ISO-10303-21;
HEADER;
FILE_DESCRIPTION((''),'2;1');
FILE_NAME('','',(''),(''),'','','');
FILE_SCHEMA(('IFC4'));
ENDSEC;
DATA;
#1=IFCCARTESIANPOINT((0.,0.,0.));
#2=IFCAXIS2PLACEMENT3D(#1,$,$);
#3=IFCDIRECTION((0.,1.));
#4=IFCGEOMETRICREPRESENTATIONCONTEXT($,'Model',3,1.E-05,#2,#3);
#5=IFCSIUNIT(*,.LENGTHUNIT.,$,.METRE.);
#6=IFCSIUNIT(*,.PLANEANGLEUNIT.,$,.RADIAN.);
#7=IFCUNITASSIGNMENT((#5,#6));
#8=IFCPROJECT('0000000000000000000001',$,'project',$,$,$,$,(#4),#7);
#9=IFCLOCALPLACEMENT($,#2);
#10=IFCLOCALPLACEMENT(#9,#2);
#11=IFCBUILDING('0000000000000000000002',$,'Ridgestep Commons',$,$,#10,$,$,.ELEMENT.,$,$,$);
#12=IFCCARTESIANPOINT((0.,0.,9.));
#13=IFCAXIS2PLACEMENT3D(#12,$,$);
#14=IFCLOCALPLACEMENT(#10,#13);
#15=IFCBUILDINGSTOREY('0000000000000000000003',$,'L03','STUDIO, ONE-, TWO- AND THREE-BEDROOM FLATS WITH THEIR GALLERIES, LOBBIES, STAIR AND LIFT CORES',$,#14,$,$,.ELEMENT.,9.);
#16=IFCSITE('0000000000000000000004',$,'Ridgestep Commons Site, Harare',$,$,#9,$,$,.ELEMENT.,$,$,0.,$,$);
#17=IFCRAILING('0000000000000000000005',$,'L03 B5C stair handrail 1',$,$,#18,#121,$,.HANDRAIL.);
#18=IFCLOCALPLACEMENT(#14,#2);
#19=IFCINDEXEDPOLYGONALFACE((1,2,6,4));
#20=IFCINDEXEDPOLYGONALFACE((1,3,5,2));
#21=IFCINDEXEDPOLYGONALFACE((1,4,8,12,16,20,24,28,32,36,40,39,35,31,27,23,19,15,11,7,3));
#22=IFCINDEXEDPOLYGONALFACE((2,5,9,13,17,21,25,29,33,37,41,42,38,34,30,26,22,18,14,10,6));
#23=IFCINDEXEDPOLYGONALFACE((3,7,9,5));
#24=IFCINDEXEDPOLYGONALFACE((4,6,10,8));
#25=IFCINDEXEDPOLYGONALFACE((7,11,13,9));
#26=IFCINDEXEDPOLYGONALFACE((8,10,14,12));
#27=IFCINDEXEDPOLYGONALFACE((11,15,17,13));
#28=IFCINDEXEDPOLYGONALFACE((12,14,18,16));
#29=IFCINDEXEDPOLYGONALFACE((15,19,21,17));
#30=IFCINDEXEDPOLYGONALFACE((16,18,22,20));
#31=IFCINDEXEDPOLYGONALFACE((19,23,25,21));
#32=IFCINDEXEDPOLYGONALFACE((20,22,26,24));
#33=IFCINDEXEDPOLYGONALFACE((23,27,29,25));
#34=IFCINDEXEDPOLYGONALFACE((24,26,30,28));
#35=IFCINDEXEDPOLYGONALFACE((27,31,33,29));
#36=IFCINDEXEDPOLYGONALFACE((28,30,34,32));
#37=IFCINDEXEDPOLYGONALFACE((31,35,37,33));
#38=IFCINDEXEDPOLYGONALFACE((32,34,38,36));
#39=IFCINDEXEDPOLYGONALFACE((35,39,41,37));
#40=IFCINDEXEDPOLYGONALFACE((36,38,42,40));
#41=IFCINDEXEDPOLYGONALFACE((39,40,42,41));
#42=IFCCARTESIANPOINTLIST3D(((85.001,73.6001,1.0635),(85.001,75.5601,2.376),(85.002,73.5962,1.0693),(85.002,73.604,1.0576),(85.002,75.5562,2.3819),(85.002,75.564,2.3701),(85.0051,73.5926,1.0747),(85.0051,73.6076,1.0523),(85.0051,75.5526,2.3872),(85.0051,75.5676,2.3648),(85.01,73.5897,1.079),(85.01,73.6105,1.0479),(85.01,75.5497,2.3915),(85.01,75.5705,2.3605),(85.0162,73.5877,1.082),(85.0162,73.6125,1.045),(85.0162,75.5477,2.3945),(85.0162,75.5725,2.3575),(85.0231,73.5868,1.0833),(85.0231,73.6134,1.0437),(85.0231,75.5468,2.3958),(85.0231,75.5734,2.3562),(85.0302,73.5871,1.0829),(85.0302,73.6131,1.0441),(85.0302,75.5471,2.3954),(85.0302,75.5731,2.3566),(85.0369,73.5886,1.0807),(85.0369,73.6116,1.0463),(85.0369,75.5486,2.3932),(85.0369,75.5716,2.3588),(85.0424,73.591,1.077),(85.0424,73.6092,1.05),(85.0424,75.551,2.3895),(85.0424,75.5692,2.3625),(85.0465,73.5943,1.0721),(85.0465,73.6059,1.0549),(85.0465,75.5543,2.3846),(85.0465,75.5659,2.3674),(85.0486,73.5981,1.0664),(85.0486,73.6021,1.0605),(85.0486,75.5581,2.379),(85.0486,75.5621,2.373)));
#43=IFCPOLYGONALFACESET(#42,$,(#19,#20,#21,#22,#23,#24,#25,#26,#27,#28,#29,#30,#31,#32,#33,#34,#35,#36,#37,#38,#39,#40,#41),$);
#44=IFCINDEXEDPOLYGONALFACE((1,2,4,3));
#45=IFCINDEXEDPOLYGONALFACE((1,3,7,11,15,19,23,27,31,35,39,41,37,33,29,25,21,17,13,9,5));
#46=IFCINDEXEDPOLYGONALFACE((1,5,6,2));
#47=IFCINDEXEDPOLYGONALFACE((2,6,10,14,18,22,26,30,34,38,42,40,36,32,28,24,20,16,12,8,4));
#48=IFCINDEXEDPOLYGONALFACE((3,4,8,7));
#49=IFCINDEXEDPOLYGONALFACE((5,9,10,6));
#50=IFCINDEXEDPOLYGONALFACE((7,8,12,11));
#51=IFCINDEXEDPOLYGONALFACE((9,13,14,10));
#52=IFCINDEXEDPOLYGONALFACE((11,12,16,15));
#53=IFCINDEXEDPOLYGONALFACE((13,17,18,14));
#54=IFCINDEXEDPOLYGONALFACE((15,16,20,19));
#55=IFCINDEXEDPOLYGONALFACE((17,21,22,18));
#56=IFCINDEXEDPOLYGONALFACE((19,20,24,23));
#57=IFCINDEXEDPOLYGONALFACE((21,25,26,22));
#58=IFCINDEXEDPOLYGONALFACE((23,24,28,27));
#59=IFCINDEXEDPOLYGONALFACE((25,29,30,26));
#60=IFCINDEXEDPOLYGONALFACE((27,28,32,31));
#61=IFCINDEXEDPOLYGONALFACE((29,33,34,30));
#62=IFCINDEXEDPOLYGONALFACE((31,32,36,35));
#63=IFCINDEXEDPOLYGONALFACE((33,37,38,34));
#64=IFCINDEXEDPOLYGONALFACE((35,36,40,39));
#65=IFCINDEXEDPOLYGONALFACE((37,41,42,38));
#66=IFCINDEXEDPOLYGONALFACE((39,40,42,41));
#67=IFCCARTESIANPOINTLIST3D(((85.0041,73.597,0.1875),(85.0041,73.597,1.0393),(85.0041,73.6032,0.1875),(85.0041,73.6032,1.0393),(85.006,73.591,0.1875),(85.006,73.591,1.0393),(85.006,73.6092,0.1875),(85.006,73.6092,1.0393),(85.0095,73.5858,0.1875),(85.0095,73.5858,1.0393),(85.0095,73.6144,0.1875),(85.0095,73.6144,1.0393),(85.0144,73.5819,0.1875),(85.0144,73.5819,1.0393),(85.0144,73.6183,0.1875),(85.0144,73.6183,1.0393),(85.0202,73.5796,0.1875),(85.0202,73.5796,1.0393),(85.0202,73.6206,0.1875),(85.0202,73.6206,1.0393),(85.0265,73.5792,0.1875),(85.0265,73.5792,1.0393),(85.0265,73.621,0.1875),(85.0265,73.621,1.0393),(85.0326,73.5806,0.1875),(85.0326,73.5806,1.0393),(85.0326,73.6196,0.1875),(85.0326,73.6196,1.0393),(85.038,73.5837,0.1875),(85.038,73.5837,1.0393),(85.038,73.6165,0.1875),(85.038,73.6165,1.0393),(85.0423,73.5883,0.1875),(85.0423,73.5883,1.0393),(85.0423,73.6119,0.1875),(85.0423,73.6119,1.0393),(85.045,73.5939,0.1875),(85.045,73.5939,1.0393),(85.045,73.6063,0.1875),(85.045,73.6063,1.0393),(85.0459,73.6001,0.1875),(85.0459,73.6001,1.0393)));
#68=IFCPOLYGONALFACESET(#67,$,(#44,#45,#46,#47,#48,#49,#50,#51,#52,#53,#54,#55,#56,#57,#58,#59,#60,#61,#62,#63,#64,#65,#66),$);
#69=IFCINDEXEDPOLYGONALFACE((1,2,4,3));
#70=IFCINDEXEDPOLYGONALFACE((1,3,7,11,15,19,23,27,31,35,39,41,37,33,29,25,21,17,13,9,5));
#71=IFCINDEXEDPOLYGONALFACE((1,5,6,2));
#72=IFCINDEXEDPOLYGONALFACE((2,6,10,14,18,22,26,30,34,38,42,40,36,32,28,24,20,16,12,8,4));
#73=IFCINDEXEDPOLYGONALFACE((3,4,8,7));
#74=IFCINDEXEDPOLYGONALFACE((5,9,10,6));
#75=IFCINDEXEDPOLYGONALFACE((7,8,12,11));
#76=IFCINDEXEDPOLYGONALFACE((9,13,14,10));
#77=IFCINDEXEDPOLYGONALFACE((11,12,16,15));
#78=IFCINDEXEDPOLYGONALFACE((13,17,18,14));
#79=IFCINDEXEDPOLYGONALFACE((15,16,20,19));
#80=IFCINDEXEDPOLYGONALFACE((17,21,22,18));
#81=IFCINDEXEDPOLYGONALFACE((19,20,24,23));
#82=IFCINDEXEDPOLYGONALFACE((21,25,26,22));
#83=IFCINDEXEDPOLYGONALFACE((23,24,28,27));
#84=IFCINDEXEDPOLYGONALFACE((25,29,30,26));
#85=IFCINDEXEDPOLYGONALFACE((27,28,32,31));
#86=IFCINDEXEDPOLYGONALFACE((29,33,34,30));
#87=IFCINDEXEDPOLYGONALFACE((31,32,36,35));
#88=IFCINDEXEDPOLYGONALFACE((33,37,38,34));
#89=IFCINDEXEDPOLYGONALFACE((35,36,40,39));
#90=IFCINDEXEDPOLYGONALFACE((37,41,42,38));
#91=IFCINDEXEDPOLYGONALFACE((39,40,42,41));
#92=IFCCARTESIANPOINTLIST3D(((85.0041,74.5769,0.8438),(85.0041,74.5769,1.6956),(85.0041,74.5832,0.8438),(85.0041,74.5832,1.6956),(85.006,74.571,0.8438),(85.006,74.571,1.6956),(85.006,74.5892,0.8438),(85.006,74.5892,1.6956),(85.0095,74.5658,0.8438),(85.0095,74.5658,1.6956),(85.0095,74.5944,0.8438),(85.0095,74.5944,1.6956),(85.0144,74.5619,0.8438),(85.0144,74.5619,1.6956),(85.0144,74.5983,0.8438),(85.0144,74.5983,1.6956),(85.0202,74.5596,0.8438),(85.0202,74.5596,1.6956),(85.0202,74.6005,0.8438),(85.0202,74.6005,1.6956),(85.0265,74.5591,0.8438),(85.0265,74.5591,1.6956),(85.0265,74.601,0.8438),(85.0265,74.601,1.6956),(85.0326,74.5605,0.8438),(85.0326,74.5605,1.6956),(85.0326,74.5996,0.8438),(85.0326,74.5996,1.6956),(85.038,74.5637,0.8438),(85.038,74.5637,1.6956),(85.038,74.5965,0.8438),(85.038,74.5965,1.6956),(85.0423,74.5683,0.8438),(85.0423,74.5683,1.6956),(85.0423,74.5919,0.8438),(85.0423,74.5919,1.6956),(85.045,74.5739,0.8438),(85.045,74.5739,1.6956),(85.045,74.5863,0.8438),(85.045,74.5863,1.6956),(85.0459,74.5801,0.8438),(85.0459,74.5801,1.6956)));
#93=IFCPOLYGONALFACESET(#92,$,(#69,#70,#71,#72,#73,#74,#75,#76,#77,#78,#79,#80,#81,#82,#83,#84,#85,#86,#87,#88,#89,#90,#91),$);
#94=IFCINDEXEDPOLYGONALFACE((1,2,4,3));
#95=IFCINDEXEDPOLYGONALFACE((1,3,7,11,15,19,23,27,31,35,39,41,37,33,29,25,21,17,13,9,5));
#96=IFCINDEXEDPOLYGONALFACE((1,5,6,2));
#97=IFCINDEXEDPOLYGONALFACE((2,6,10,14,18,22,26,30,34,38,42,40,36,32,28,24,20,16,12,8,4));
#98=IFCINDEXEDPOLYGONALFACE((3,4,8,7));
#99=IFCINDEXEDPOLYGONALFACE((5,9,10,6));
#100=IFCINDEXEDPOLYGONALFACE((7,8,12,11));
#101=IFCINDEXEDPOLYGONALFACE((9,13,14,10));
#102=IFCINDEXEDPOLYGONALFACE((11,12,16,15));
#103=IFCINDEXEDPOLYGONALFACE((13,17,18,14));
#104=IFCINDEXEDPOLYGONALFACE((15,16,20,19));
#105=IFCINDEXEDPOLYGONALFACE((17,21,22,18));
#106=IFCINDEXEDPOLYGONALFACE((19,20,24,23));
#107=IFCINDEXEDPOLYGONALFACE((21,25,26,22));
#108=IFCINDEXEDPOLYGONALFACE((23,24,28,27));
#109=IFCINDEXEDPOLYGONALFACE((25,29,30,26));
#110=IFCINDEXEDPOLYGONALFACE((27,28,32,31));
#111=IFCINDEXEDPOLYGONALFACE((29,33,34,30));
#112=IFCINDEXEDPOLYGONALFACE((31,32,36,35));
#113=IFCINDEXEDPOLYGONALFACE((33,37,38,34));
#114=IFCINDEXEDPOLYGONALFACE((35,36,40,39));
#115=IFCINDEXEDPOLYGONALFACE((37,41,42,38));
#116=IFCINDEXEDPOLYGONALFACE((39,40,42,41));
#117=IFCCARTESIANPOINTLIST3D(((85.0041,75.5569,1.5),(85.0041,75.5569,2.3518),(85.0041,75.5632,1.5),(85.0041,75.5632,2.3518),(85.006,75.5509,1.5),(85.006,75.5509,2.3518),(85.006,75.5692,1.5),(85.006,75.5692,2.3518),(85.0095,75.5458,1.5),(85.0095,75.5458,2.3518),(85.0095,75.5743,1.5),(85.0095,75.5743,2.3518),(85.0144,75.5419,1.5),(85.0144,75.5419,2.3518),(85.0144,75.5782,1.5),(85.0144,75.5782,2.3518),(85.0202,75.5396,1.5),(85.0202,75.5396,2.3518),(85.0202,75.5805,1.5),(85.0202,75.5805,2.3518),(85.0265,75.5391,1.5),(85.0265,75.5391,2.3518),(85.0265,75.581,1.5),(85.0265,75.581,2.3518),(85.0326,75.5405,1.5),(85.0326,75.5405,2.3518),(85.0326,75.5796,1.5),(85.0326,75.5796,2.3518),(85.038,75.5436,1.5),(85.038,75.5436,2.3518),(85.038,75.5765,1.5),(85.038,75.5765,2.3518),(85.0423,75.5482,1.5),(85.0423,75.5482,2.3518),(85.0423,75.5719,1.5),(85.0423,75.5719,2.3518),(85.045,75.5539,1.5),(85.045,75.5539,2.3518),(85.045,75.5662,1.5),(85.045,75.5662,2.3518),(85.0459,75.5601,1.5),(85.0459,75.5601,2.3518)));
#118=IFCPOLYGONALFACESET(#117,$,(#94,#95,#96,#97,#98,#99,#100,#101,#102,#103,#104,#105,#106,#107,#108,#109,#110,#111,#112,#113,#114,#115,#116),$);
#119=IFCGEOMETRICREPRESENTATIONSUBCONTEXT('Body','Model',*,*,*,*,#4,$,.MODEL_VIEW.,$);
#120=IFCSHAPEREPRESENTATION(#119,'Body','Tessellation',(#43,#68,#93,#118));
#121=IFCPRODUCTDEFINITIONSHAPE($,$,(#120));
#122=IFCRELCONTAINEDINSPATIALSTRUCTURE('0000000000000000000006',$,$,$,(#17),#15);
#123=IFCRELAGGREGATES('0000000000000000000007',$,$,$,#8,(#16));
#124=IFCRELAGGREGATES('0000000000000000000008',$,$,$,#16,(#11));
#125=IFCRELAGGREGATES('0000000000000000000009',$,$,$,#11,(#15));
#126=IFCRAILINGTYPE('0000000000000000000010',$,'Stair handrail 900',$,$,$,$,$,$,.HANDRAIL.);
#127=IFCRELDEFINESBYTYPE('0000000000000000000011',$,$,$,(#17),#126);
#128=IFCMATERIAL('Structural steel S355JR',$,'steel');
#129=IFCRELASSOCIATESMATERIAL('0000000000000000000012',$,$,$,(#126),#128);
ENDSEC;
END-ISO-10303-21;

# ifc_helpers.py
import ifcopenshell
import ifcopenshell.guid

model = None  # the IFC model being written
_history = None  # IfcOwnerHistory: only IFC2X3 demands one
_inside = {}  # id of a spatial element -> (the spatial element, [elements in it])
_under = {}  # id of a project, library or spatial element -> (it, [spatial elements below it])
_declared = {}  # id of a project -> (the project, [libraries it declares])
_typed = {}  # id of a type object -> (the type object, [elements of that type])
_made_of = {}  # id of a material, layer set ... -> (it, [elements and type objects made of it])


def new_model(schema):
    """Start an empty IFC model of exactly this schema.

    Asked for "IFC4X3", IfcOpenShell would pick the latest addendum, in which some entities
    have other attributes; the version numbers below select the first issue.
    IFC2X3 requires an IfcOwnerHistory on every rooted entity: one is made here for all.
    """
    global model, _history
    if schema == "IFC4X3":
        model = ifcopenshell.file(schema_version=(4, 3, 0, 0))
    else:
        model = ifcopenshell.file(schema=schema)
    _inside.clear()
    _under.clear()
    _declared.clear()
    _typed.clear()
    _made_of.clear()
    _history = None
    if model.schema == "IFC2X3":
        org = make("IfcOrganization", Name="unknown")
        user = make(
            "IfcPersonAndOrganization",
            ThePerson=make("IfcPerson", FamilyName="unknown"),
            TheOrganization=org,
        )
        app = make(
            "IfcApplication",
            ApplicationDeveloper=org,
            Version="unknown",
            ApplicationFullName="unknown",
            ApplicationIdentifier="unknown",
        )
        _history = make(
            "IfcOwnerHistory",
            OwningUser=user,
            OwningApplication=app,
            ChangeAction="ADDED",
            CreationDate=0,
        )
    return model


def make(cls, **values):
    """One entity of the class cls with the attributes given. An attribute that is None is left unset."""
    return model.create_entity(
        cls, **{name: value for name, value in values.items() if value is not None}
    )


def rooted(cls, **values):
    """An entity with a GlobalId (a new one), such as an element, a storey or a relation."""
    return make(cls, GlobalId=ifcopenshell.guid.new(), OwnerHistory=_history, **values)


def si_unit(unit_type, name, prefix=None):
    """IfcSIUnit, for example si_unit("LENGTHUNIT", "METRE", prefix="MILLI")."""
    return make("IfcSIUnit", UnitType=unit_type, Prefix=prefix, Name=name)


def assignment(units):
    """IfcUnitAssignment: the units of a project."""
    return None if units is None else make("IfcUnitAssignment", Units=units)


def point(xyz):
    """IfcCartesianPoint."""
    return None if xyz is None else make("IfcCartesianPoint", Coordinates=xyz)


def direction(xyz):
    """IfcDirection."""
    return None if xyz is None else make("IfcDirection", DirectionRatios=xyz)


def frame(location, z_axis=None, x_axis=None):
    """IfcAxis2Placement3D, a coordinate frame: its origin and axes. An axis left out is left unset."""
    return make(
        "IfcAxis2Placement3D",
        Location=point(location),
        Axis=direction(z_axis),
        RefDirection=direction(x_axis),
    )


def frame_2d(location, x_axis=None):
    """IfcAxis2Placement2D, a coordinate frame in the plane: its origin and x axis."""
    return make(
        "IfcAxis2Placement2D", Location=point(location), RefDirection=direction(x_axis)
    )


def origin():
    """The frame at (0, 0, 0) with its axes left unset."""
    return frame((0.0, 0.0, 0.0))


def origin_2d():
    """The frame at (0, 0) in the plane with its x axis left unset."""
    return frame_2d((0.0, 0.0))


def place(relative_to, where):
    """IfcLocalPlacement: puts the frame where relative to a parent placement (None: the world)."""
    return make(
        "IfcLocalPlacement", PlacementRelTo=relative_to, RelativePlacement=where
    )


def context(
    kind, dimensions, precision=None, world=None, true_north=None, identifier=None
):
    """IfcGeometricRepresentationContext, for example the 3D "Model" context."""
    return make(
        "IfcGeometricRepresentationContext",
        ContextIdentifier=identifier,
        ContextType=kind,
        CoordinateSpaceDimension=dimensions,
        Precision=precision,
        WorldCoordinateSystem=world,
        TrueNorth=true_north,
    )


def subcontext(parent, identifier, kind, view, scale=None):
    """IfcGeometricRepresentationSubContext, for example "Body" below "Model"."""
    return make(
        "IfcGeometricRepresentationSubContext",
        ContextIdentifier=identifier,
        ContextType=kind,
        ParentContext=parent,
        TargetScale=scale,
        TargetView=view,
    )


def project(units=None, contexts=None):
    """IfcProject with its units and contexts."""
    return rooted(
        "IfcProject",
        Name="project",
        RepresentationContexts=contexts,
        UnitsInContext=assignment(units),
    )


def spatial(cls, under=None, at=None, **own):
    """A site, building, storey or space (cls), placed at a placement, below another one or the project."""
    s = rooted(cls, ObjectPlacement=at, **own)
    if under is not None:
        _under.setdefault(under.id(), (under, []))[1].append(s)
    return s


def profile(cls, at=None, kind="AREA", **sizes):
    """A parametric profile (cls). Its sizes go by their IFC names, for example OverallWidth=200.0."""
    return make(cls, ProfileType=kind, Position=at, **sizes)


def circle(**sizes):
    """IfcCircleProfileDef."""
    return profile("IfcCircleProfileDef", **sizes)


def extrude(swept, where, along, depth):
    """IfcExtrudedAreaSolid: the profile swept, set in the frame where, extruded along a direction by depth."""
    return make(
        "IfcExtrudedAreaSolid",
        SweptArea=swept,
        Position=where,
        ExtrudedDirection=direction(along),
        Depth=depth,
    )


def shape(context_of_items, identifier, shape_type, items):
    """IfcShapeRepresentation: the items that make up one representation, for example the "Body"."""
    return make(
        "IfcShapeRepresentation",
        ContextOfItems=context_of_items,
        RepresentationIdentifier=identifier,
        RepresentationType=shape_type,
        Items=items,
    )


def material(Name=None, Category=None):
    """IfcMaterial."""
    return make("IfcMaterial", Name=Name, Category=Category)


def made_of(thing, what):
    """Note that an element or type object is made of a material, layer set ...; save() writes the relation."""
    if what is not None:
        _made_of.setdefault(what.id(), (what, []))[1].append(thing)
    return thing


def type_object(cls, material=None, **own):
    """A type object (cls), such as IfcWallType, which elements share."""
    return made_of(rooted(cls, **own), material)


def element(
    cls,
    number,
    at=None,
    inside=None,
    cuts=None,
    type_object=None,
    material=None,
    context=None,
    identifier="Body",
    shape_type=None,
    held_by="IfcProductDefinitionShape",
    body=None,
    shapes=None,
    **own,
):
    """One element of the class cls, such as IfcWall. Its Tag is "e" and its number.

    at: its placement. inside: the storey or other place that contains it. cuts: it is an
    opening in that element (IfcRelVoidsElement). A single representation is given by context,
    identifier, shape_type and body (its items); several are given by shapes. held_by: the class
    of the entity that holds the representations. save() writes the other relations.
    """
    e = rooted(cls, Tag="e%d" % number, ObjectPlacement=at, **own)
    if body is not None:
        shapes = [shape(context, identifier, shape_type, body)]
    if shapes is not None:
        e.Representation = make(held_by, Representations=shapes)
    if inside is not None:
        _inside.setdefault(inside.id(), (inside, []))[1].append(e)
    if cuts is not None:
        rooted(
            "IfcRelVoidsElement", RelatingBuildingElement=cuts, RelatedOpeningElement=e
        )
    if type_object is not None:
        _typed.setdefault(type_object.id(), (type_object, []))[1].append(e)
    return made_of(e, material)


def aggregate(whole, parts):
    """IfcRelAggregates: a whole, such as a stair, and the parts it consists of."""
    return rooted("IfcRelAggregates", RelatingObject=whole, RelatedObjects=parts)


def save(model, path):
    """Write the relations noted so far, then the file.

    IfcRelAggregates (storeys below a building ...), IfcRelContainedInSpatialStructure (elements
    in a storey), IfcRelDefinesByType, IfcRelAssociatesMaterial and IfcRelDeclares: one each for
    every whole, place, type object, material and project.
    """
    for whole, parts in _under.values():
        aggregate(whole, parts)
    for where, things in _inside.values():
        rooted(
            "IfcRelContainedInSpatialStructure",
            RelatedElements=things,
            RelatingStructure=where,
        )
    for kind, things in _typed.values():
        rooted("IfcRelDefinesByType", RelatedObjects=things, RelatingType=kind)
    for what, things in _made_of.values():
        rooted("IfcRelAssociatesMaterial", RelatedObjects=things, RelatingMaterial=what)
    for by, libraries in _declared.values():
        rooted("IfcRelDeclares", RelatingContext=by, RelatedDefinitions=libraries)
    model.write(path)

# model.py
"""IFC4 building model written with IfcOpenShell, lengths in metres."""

from ifc_helpers import new_model, si_unit, direction, frame, origin, origin_2d, place, context, subcontext, project, spatial, circle, extrude, material, type_object, element, save


model = new_model("IFC4")

# Units and contexts
model_context = context("Model", 3, precision=1e-05, world=origin(), true_north=direction((0.0, 1.0)))
body_context = subcontext(model_context, "Body", "Model", "MODEL_VIEW")
ifc_project = project(units=[si_unit("LENGTHUNIT", "METRE"), si_unit("PLANEANGLEUNIT", "RADIAN")], contexts=[model_context])

# Site, building, storey
site_placement = place(None, origin())
site = spatial("IfcSite", under=ifc_project, at=site_placement, Name="Ridgestep Commons Site, Harare", CompositionType="ELEMENT", RefElevation=0.0)
building_placement = place(site_placement, origin())
building = spatial("IfcBuilding", under=site, at=building_placement, Name="Ridgestep Commons", CompositionType="ELEMENT")
storey_placement = place(building_placement, frame((0.0, 0.0, 9.0)))
storey = spatial("IfcBuildingStorey", under=building, at=storey_placement, Name="L03", Description="STUDIO, ONE-, TWO- AND THREE-BEDROOM FLATS WITH THEIR GALLERIES, LOBBIES, STAIR AND LIFT CORES", CompositionType="ELEMENT", Elevation=9.0)

# Railing
ifc_material_1 = material(Name="Structural steel S355JR", Category="steel")
railing_type_1 = type_object("IfcRailingType", Name="Stair handrail 900", PredefinedType="HANDRAIL", material=ifc_material_1)
railing_1_placement = place(storey_placement, frame((85.0249, 73.6001, 0.1875)))
element("IfcRailing", 1, at=railing_1_placement, inside=storey, type_object=railing_type_1, Name="L03 B5C stair handrail 1", PredefinedType="HANDRAIL", context=body_context, shape_type="SweptSolid", body=[
    extrude(circle(Radius=0.0239, at=origin_2d()), frame((0.0, 0.0, 0.876), z_axis=(0.0, 0.830902, 0.556419), x_axis=(-1.0, 0.0, 0.0)), (0.0, 0.0, 1.0), 2.3589),
    extrude(circle(Radius=0.021, at=origin_2d()), origin(), (0.0, 0.0, 1.0), 0.8518),
    extrude(circle(Radius=0.021, at=origin_2d()), frame((0.0, 0.98, 0.6562)), (0.0, 0.0, 1.0), 0.8518),
    extrude(circle(Radius=0.021, at=origin_2d()), frame((0.0, 1.96, 1.3125)), (0.0, 0.0, 1.0), 0.8518),
])

save(model, "model.ifc")
